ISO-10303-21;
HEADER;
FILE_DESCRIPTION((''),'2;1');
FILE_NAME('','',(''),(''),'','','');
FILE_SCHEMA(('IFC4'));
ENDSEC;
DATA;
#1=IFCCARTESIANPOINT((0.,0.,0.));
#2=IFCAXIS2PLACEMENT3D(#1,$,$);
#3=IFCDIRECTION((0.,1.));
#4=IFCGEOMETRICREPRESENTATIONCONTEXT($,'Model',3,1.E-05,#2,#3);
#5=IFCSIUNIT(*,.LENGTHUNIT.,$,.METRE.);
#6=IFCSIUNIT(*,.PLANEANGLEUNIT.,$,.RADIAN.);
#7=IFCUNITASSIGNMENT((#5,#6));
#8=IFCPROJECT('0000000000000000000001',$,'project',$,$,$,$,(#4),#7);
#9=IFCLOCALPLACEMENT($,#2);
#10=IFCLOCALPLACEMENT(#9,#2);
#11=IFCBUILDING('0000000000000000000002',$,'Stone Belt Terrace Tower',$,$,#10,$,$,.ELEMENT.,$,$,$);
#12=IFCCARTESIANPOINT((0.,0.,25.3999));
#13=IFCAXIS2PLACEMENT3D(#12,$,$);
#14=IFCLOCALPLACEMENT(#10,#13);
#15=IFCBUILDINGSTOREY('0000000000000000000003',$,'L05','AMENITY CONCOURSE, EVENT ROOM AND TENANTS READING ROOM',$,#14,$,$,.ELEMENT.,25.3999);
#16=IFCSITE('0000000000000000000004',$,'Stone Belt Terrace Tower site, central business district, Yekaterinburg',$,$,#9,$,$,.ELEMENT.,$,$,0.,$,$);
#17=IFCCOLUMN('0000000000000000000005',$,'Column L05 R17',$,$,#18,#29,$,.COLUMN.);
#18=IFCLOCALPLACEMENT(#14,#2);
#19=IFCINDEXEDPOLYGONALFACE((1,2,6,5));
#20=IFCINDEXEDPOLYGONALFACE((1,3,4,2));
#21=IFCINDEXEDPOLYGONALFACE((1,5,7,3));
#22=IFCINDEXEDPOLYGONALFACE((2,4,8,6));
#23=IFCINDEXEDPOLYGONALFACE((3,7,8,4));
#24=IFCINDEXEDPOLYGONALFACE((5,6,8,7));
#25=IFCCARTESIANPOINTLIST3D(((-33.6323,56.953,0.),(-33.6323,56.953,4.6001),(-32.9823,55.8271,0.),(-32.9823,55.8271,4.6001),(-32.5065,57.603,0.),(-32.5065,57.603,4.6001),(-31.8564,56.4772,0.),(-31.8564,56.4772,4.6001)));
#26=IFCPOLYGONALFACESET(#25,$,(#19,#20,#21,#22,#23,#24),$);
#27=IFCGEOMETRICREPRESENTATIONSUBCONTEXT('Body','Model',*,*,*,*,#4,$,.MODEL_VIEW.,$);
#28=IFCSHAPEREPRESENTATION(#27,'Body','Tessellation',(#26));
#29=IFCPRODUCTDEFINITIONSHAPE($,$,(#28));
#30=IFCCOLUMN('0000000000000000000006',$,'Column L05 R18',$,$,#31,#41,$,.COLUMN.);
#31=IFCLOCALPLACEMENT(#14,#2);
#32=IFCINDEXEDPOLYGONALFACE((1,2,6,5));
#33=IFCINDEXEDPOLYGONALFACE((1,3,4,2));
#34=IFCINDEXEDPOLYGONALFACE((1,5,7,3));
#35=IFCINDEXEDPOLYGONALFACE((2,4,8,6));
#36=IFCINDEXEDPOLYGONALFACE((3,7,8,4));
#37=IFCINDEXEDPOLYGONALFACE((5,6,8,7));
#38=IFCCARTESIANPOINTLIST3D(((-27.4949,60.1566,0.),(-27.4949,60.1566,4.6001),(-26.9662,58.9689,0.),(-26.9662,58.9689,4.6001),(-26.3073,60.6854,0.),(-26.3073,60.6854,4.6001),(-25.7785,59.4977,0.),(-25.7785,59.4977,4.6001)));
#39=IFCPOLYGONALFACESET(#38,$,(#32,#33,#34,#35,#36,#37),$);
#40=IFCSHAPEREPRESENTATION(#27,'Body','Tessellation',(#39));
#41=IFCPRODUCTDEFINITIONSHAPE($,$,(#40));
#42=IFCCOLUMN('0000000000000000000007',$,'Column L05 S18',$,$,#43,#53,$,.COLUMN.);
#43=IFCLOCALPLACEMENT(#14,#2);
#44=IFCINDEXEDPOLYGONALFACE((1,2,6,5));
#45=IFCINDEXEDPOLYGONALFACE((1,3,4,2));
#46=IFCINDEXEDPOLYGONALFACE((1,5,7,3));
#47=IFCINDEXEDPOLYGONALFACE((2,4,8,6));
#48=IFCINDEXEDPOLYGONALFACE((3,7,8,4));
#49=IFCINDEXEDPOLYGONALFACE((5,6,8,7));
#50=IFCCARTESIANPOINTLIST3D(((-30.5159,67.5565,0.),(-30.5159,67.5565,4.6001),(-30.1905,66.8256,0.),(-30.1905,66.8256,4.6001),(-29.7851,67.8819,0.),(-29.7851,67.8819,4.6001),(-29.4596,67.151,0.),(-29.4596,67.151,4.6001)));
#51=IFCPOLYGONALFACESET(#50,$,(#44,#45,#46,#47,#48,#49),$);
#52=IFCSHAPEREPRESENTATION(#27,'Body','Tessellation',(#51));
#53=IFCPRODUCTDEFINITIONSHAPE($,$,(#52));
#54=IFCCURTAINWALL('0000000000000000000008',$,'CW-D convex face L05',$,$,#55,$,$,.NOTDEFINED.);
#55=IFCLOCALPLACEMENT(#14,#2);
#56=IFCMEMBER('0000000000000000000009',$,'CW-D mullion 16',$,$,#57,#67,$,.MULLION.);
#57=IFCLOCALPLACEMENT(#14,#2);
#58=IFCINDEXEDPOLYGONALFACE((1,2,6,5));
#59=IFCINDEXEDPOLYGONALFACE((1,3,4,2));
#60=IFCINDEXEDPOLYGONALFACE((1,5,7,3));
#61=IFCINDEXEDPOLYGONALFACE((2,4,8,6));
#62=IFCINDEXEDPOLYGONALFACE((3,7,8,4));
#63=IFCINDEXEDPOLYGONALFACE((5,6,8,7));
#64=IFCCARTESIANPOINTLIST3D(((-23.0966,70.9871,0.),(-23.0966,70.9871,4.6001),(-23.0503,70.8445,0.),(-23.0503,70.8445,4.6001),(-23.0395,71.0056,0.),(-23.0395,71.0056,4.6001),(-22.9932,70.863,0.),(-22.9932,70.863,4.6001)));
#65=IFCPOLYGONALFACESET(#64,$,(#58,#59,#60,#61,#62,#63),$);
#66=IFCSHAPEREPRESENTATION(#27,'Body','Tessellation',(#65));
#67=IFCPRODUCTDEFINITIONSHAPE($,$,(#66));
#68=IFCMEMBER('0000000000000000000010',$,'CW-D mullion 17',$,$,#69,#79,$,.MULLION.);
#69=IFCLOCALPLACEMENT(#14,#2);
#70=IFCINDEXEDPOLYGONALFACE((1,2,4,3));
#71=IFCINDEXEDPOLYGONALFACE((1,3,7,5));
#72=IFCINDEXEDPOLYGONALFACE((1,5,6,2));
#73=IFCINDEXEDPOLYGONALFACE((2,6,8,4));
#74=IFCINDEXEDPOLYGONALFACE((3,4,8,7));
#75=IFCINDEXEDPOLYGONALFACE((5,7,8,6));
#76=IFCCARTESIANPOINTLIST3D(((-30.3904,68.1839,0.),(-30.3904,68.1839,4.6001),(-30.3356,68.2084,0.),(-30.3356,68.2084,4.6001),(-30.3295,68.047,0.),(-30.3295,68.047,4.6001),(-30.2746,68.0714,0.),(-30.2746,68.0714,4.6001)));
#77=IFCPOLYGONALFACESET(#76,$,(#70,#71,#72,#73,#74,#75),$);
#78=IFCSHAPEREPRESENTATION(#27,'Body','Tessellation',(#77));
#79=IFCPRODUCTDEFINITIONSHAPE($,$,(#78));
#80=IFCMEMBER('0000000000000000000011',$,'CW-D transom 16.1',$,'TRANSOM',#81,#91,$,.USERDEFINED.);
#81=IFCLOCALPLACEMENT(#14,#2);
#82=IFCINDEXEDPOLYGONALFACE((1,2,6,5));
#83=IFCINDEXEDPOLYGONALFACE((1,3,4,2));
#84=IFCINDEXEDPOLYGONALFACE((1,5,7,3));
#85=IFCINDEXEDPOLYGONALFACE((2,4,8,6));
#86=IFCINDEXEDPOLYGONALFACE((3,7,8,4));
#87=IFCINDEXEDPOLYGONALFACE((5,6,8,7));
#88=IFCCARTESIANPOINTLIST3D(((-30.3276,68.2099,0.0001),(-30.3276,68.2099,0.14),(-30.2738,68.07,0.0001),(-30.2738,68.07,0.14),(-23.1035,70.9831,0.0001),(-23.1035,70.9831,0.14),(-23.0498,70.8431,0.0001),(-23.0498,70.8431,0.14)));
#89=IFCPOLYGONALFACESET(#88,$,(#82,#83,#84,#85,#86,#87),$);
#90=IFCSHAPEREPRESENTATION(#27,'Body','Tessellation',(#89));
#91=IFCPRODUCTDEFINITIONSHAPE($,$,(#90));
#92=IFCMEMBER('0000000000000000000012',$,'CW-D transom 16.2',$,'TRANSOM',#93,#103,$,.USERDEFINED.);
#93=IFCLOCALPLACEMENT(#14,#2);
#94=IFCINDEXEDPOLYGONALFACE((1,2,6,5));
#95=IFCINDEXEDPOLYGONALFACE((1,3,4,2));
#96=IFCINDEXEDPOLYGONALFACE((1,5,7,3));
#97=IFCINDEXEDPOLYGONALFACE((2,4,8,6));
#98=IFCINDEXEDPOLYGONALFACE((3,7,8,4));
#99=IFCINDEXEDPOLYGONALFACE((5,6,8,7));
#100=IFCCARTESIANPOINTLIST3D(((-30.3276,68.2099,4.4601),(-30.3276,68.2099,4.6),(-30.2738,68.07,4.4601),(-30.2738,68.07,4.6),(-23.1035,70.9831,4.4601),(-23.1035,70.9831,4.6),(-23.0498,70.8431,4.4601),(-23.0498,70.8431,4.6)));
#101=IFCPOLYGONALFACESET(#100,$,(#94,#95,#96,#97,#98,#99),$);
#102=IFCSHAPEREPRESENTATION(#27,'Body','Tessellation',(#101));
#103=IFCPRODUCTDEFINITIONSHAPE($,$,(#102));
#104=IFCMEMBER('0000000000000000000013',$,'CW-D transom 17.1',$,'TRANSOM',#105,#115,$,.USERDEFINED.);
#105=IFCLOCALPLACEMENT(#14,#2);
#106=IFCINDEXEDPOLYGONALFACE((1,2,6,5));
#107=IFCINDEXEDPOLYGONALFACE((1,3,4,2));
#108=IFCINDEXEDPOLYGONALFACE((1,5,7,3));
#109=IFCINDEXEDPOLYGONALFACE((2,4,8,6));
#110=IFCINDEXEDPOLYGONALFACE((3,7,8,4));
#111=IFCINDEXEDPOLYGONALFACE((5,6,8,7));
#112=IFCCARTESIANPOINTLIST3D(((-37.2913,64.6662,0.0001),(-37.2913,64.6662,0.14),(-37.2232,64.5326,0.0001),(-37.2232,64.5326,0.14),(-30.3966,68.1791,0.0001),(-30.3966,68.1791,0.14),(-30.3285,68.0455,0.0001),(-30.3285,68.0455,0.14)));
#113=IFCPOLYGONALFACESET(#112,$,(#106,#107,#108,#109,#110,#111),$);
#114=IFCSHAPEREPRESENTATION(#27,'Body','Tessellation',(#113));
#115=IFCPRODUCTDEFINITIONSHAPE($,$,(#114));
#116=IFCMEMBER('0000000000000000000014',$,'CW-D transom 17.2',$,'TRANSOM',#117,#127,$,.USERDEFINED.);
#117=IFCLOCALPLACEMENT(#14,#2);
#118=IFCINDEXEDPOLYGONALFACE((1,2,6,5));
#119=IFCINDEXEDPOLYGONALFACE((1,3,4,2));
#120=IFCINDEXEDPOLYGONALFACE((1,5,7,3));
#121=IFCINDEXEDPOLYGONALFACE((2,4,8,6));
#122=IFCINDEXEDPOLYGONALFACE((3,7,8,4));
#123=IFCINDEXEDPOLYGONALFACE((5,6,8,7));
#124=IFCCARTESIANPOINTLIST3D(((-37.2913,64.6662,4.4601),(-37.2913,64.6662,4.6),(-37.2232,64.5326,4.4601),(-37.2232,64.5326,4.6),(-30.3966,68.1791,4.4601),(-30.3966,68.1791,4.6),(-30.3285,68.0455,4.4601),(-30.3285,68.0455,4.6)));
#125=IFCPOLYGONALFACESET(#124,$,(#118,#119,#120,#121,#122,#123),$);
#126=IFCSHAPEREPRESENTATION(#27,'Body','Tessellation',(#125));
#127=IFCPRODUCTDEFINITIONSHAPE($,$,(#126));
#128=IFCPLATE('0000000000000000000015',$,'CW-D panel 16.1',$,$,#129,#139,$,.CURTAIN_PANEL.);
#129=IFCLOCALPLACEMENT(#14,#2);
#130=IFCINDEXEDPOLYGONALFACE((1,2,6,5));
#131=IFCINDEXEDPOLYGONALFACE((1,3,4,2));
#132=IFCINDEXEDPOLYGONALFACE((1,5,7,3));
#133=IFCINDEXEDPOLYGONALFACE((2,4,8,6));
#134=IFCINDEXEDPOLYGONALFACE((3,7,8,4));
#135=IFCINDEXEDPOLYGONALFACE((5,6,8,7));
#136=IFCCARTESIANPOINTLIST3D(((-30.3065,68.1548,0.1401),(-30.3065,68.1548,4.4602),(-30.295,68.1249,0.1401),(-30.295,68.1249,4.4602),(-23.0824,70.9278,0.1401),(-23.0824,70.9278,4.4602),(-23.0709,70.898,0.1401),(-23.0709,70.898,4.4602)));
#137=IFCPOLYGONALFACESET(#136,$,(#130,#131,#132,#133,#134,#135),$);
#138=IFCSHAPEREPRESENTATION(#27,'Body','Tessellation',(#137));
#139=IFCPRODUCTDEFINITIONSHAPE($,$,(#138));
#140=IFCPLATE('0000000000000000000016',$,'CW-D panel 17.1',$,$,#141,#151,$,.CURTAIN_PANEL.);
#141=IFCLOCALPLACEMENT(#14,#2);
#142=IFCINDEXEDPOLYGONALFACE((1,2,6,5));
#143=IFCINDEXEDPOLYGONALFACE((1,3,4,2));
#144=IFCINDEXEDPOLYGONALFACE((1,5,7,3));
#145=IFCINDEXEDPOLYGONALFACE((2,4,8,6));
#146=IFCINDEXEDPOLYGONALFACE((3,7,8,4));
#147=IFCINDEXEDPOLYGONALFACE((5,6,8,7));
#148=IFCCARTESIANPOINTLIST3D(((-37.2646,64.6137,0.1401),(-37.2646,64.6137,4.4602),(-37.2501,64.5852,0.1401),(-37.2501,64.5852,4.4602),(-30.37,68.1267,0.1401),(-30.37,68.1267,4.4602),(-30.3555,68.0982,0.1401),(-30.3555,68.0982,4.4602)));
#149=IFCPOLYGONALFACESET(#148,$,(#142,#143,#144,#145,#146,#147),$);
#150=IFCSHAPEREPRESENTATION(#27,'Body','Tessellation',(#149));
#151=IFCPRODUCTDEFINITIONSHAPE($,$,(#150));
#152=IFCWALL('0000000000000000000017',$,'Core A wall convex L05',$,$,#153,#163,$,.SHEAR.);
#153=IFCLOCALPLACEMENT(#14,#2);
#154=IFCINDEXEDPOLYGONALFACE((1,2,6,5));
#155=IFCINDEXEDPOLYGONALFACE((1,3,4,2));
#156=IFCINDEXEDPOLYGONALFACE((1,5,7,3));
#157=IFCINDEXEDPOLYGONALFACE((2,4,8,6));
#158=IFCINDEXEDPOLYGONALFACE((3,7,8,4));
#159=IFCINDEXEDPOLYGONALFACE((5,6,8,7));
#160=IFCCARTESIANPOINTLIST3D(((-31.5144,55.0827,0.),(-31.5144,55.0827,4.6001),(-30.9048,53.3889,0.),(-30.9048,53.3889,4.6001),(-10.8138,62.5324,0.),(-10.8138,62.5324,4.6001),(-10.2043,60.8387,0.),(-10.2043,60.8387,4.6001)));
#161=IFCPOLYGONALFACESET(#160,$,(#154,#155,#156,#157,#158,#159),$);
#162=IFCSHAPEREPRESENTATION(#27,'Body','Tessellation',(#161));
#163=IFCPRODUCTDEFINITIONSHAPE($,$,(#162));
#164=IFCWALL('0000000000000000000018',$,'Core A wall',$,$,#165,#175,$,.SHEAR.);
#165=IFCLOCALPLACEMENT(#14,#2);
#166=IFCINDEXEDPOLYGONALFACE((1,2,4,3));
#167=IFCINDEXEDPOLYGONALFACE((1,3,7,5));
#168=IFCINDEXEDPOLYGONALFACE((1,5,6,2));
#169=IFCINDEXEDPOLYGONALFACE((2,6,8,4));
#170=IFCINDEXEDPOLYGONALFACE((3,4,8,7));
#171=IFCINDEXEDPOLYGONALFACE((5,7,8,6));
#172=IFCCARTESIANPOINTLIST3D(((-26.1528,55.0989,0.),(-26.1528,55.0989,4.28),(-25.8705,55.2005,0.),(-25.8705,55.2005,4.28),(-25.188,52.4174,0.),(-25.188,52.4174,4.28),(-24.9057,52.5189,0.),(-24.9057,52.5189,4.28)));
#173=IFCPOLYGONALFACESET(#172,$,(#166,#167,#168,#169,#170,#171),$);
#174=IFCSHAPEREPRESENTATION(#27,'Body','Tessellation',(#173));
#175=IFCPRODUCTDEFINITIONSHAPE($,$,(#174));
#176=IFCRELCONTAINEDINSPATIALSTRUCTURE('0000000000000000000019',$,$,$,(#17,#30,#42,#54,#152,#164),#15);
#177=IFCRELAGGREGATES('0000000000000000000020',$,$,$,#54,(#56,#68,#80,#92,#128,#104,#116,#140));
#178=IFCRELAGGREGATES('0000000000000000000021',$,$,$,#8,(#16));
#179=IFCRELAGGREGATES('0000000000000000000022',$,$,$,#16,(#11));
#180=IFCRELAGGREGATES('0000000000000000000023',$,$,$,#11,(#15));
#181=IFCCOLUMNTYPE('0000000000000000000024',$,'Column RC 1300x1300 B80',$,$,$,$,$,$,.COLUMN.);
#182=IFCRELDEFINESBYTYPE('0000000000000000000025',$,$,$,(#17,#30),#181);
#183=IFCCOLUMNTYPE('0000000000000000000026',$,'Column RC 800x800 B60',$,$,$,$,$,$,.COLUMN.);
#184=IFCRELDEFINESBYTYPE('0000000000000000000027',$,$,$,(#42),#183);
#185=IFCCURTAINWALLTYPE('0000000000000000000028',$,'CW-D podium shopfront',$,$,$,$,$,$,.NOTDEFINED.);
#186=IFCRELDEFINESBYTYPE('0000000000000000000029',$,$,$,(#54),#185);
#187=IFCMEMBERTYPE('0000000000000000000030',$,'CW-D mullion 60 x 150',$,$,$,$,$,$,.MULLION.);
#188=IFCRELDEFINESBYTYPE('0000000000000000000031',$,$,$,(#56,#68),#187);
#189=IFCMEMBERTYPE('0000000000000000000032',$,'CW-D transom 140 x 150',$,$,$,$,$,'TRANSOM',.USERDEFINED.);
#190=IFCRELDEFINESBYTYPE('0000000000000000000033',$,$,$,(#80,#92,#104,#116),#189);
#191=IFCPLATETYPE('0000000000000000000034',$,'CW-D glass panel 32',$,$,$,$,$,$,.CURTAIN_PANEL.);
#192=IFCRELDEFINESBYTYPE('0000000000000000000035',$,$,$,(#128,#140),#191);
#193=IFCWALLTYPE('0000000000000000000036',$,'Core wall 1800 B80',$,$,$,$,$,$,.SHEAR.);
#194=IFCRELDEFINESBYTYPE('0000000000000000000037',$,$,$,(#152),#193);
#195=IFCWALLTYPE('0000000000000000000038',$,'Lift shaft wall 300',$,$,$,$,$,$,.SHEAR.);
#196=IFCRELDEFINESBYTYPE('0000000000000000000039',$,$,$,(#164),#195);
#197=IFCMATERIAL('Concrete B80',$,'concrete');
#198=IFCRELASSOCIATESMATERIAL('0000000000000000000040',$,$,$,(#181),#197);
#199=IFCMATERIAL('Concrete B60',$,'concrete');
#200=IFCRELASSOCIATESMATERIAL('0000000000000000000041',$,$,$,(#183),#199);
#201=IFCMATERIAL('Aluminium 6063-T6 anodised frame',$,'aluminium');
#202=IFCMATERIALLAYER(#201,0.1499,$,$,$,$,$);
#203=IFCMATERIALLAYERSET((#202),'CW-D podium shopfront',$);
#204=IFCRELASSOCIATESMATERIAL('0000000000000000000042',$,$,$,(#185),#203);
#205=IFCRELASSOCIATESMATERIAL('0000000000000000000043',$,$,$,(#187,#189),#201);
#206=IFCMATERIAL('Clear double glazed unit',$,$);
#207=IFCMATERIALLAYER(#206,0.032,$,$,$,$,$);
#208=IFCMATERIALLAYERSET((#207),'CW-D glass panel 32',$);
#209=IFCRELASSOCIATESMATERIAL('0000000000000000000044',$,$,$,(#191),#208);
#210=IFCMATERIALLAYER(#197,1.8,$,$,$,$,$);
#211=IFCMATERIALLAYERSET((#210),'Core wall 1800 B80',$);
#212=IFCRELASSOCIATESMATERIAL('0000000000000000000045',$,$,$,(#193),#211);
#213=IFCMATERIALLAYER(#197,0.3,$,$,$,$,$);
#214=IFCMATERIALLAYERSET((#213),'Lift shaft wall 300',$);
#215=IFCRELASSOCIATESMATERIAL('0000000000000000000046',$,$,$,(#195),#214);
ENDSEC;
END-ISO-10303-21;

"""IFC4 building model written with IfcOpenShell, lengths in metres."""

from ifc_helpers import new_model, si_unit, direction, frame, frame_2d, origin, origin_2d, place, context, subcontext, project, spatial, rectangle, extrude, material, layer, layer_set, material_profile, profile_set, type_object, element, aggregate, save


model = new_model("IFC4")

# Units and contexts
model_context = context("Model", 3, precision=1e-05, world=origin(), true_north=direction((0.0, 1.0)))
body_context = subcontext(model_context, "Body", "Model", "MODEL_VIEW")
ifc_project = project(units=[si_unit("LENGTHUNIT", "METRE"), si_unit("PLANEANGLEUNIT", "RADIAN")], contexts=[model_context])

# Site, building, storey
site_placement = place(None, origin())
site = spatial("IfcSite", under=ifc_project, at=site_placement, Name="Stone Belt Terrace Tower site, central business district, Yekaterinburg", CompositionType="ELEMENT", RefElevation=0.0)
building_placement = place(site_placement, origin())
building = spatial("IfcBuilding", under=site, at=building_placement, Name="Stone Belt Terrace Tower", CompositionType="ELEMENT")
storey_placement = place(building_placement, frame((0.0, 0.0, 25.3999)))
storey = spatial("IfcBuildingStorey", under=building, at=storey_placement, Name="L05", Description="AMENITY CONCOURSE, EVENT ROOM AND TENANTS READING ROOM", CompositionType="ELEMENT", Elevation=25.3999)

# Columns
ifc_material_1 = material(Name="Concrete B80", Category="concrete")
ifc_material_profile_1 = material_profile(ifc_material_1, rectangle(XDim=1.3, YDim=1.3, at=origin_2d()), Name="RC 1300x1300")
ifc_profile_set_1 = profile_set([ifc_material_profile_1], Name="Concrete B80")
column_type_1 = type_object("IfcColumnType", Name="Column RC 1300x1300 B80", PredefinedType="COLUMN", material=ifc_profile_set_1)
for number, where, z_axis, x_axis, name in (
    (1, (-32.7444, 56.7151, 0.0), (0.0, 0.0, 1.0), (0.866025, 0.5, 0.0), "Column L05 R17"),
    (2, (-26.6367, 59.8271, 0.0), (0.0, 0.0, 1.0), (0.913545, 0.406737, 0.0), "Column L05 R18"),
):
    element("IfcColumn", number, at=place(storey_placement, frame(where, z_axis=z_axis, x_axis=x_axis)), inside=storey, type_object=column_type_1, Name=name, PredefinedType="COLUMN", context=body_context, shape_type="SweptSolid", body=[
        extrude(rectangle(XDim=1.3, YDim=1.3, at=origin_2d()), origin(), (0.0, 0.0, 1.0), 4.6001),
    ])
ifc_material_2 = material(Name="Concrete B60", Category="concrete")
ifc_material_profile_2 = material_profile(ifc_material_2, rectangle(XDim=0.8, YDim=0.8, at=origin_2d()), Name="RC 800x800")
ifc_profile_set_2 = profile_set([ifc_material_profile_2], Name="Concrete B60")
column_type_2 = type_object("IfcColumnType", Name="Column RC 800x800 B60", PredefinedType="COLUMN", material=ifc_profile_set_2)
column_placement = place(storey_placement, frame((-29.9878, 67.3538, 0.0), z_axis=(0.0, 0.0, 1.0), x_axis=(0.913545, 0.406737, 0.0)))
element("IfcColumn", 3, at=column_placement, inside=storey, type_object=column_type_2, Name="Column L05 S18", PredefinedType="COLUMN", context=body_context, shape_type="SweptSolid", body=[
    extrude(rectangle(XDim=0.8, YDim=0.8, at=origin_2d()), origin(), (0.0, 0.0, 1.0), 4.6001),
])

# Curtain wall, members, plates
ifc_material_3 = material(Name="Aluminium 6063-T6 anodised frame", Category="aluminium")
ifc_layer_1 = layer(ifc_material_3, 0.1499)
ifc_layer_set_1 = layer_set([ifc_layer_1], Name="CW-D podium shopfront")
curtain_wall_type = type_object("IfcCurtainWallType", Name="CW-D podium shopfront", PredefinedType="NOTDEFINED", material=ifc_layer_set_1)
curtain_wall_placement = place(storey_placement, origin())
curtain_wall = element("IfcCurtainWall", 4, at=curtain_wall_placement, inside=storey, type_object=curtain_wall_type, Name="CW-D convex face L05", PredefinedType="NOTDEFINED")
ifc_material_profile_3 = material_profile(ifc_material_3, rectangle(XDim=0.1499, YDim=0.0601, at=origin_2d()), Name="Aluminium 6063-T6 60x150")
ifc_profile_set_3 = profile_set([ifc_material_profile_3], Name="Aluminium 6063-T6 anodised frame")
member_type_1 = type_object("IfcMemberType", Name="CW-D mullion 60 x 150", PredefinedType="MULLION", material=ifc_profile_set_3)
member_1_placement = place(storey_placement, frame((-23.0449, 70.925, 0.0), z_axis=(0.0, 0.0, 1.0), x_axis=(0.309017, -0.951057, 0.0)))
member_1 = element("IfcMember", 5, at=member_1_placement, type_object=member_type_1, Name="CW-D mullion 16", PredefinedType="MULLION", context=body_context, shape_type="SweptSolid", body=[
    extrude(rectangle(XDim=0.1499, YDim=0.0601, at=origin_2d()), origin(), (0.0, 0.0, 1.0), 4.6001),
])
member_2_placement = place(storey_placement, frame((-30.3325, 68.1277, 0.0), z_axis=(0.0, 0.0, 1.0), x_axis=(0.406737, -0.913545, 0.0)))
member_2 = element("IfcMember", 6, at=member_2_placement, type_object=member_type_1, Name="CW-D mullion 17", PredefinedType="MULLION", context=body_context, shape_type="SweptSolid", body=[
    extrude(rectangle(XDim=0.1499, YDim=0.0601, at=origin_2d()), origin(), (0.0, 0.0, 1.0), 4.6001),
])
ifc_material_profile_4 = material_profile(ifc_material_3, rectangle(XDim=0.1499, YDim=0.1399, at=origin_2d()), Name="Aluminium 6063-T6 150x140")
ifc_profile_set_4 = profile_set([ifc_material_profile_4], Name="Aluminium 6063-T6 anodised frame")
member_type_2 = type_object("IfcMemberType", Name="CW-D transom 140 x 150", ElementType="TRANSOM", PredefinedType="USERDEFINED", material=ifc_profile_set_4)
member_3_placement = place(storey_placement, frame((-23.0767, 70.9131, 0.0701), z_axis=(-0.933576, -0.358381, 0.0), x_axis=(0.358381, -0.933576, 0.0)))
member_3 = element("IfcMember", 7, at=member_3_placement, type_object=member_type_2, Name="CW-D transom 16.1", ObjectType="TRANSOM", PredefinedType="USERDEFINED", context=body_context, shape_type="SweptSolid", body=[
    extrude(rectangle(XDim=0.1499, YDim=0.1399, at=origin_2d()), origin(), (0.0, 0.0, 1.0), 7.738),
])
member_4_placement = place(storey_placement, frame((-23.0767, 70.9131, 4.53), z_axis=(-0.933576, -0.358381, 0.0), x_axis=(0.358381, -0.933576, 0.0)))
member_4 = element("IfcMember", 8, at=member_4_placement, type_object=member_type_2, Name="CW-D transom 16.2", ObjectType="TRANSOM", PredefinedType="USERDEFINED", context=body_context, shape_type="SweptSolid", body=[
    extrude(rectangle(XDim=0.1499, YDim=0.1399, at=origin_2d()), origin(), (0.0, 0.0, 1.0), 7.738),
])
member_5_placement = place(storey_placement, frame((-30.3625, 68.1123, 0.0701), z_axis=(-0.891013, -0.453978, 0.0), x_axis=(0.453978, -0.891013, 0.0)))
member_5 = element("IfcMember", 9, at=member_5_placement, type_object=member_type_2, Name="CW-D transom 17.1", ObjectType="TRANSOM", PredefinedType="USERDEFINED", context=body_context, shape_type="SweptSolid", body=[
    extrude(rectangle(XDim=0.1499, YDim=0.1399, at=origin_2d()), origin(), (0.0, 0.0, 1.0), 7.738),
])
member_6_placement = place(storey_placement, frame((-30.3625, 68.1123, 4.53), z_axis=(-0.891013, -0.453978, 0.0), x_axis=(0.453978, -0.891013, 0.0)))
member_6 = element("IfcMember", 10, at=member_6_placement, type_object=member_type_2, Name="CW-D transom 17.2", ObjectType="TRANSOM", PredefinedType="USERDEFINED", context=body_context, shape_type="SweptSolid", body=[
    extrude(rectangle(XDim=0.1499, YDim=0.1399, at=origin_2d()), origin(), (0.0, 0.0, 1.0), 7.738),
])
ifc_material_4 = material(Name="Clear double glazed unit")
ifc_layer_2 = layer(ifc_material_4, 0.032)
ifc_layer_set_2 = layer_set([ifc_layer_2], Name="CW-D glass panel 32")
plate_type = type_object("IfcPlateType", Name="CW-D glass panel 32", PredefinedType="CURTAIN_PANEL", material=ifc_layer_set_2)
plate_1_placement = place(storey_placement, frame((-26.6887, 69.5264, 0.1401), z_axis=(0.0, 0.0, 1.0), x_axis=(-0.93358, -0.358368, 0.0)))
plate_1 = element("IfcPlate", 11, at=plate_1_placement, type_object=plate_type, Name="CW-D panel 16.1", PredefinedType="CURTAIN_PANEL", context=body_context, shape_type="SweptSolid", body=[
    extrude(rectangle(XDim=7.738, YDim=0.032, at=origin_2d()), origin(), (0.0, 0.0, 1.0), 4.3201),
])
plate_2_placement = place(storey_placement, frame((-33.8101, 66.356, 0.1401), z_axis=(0.0, 0.0, 1.0), x_axis=(-0.891007, -0.45399, 0.0)))
plate_2 = element("IfcPlate", 12, at=plate_2_placement, type_object=plate_type, Name="CW-D panel 17.1", PredefinedType="CURTAIN_PANEL", context=body_context, shape_type="SweptSolid", body=[
    extrude(rectangle(XDim=7.738, YDim=0.032, at=origin_2d()), origin(), (0.0, 0.0, 1.0), 4.3201),
])
aggregate(curtain_wall, [member_1, member_2, member_3, member_4, plate_1, member_5, member_6, plate_2])

# Walls
ifc_layer_3 = layer(ifc_material_1, 1.8)
ifc_layer_set_3 = layer_set([ifc_layer_3], Name="Core wall 1800 B80")
wall_type_1 = type_object("IfcWallType", Name="Core wall 1800 B80", PredefinedType="SHEAR", material=ifc_layer_set_3)
wall_1_placement = place(storey_placement, frame((-31.2095, 54.2358, 0.0), z_axis=(0.0, 0.0, 1.0), x_axis=(0.940923, 0.338621, 0.0)))
element("IfcWall", 13, at=wall_1_placement, inside=storey, type_object=wall_type_1, Name="Core A wall convex L05", PredefinedType="SHEAR", context=body_context, shape_type="SweptSolid", body=[
    extrude(rectangle(XDim=22.0002, YDim=1.8, at=frame_2d((11.0, 0.0))), origin(), (0.0, 0.0, 1.0), 4.6001),
])
ifc_layer_4 = layer(ifc_material_1, 0.3)
ifc_layer_set_4 = layer_set([ifc_layer_4], Name="Lift shaft wall 300")
wall_type_2 = type_object("IfcWallType", Name="Lift shaft wall 300", PredefinedType="SHEAR", material=ifc_layer_set_4)
wall_2_placement = place(storey_placement, frame((-25.0469, 52.4683, 0.0), z_axis=(0.0, 0.0, 1.0), x_axis=(-0.33855, 0.940949, 0.0)))
element("IfcWall", 14, at=wall_2_placement, inside=storey, type_object=wall_type_2, Name="Core A wall", PredefinedType="SHEAR", context=body_context, shape_type="SweptSolid", body=[
    extrude(rectangle(XDim=2.8499, YDim=0.3, at=frame_2d((1.4248, 0.0))), origin(), (0.0, 0.0, 1.0), 4.28),
])

save(model, "model.ifc")
